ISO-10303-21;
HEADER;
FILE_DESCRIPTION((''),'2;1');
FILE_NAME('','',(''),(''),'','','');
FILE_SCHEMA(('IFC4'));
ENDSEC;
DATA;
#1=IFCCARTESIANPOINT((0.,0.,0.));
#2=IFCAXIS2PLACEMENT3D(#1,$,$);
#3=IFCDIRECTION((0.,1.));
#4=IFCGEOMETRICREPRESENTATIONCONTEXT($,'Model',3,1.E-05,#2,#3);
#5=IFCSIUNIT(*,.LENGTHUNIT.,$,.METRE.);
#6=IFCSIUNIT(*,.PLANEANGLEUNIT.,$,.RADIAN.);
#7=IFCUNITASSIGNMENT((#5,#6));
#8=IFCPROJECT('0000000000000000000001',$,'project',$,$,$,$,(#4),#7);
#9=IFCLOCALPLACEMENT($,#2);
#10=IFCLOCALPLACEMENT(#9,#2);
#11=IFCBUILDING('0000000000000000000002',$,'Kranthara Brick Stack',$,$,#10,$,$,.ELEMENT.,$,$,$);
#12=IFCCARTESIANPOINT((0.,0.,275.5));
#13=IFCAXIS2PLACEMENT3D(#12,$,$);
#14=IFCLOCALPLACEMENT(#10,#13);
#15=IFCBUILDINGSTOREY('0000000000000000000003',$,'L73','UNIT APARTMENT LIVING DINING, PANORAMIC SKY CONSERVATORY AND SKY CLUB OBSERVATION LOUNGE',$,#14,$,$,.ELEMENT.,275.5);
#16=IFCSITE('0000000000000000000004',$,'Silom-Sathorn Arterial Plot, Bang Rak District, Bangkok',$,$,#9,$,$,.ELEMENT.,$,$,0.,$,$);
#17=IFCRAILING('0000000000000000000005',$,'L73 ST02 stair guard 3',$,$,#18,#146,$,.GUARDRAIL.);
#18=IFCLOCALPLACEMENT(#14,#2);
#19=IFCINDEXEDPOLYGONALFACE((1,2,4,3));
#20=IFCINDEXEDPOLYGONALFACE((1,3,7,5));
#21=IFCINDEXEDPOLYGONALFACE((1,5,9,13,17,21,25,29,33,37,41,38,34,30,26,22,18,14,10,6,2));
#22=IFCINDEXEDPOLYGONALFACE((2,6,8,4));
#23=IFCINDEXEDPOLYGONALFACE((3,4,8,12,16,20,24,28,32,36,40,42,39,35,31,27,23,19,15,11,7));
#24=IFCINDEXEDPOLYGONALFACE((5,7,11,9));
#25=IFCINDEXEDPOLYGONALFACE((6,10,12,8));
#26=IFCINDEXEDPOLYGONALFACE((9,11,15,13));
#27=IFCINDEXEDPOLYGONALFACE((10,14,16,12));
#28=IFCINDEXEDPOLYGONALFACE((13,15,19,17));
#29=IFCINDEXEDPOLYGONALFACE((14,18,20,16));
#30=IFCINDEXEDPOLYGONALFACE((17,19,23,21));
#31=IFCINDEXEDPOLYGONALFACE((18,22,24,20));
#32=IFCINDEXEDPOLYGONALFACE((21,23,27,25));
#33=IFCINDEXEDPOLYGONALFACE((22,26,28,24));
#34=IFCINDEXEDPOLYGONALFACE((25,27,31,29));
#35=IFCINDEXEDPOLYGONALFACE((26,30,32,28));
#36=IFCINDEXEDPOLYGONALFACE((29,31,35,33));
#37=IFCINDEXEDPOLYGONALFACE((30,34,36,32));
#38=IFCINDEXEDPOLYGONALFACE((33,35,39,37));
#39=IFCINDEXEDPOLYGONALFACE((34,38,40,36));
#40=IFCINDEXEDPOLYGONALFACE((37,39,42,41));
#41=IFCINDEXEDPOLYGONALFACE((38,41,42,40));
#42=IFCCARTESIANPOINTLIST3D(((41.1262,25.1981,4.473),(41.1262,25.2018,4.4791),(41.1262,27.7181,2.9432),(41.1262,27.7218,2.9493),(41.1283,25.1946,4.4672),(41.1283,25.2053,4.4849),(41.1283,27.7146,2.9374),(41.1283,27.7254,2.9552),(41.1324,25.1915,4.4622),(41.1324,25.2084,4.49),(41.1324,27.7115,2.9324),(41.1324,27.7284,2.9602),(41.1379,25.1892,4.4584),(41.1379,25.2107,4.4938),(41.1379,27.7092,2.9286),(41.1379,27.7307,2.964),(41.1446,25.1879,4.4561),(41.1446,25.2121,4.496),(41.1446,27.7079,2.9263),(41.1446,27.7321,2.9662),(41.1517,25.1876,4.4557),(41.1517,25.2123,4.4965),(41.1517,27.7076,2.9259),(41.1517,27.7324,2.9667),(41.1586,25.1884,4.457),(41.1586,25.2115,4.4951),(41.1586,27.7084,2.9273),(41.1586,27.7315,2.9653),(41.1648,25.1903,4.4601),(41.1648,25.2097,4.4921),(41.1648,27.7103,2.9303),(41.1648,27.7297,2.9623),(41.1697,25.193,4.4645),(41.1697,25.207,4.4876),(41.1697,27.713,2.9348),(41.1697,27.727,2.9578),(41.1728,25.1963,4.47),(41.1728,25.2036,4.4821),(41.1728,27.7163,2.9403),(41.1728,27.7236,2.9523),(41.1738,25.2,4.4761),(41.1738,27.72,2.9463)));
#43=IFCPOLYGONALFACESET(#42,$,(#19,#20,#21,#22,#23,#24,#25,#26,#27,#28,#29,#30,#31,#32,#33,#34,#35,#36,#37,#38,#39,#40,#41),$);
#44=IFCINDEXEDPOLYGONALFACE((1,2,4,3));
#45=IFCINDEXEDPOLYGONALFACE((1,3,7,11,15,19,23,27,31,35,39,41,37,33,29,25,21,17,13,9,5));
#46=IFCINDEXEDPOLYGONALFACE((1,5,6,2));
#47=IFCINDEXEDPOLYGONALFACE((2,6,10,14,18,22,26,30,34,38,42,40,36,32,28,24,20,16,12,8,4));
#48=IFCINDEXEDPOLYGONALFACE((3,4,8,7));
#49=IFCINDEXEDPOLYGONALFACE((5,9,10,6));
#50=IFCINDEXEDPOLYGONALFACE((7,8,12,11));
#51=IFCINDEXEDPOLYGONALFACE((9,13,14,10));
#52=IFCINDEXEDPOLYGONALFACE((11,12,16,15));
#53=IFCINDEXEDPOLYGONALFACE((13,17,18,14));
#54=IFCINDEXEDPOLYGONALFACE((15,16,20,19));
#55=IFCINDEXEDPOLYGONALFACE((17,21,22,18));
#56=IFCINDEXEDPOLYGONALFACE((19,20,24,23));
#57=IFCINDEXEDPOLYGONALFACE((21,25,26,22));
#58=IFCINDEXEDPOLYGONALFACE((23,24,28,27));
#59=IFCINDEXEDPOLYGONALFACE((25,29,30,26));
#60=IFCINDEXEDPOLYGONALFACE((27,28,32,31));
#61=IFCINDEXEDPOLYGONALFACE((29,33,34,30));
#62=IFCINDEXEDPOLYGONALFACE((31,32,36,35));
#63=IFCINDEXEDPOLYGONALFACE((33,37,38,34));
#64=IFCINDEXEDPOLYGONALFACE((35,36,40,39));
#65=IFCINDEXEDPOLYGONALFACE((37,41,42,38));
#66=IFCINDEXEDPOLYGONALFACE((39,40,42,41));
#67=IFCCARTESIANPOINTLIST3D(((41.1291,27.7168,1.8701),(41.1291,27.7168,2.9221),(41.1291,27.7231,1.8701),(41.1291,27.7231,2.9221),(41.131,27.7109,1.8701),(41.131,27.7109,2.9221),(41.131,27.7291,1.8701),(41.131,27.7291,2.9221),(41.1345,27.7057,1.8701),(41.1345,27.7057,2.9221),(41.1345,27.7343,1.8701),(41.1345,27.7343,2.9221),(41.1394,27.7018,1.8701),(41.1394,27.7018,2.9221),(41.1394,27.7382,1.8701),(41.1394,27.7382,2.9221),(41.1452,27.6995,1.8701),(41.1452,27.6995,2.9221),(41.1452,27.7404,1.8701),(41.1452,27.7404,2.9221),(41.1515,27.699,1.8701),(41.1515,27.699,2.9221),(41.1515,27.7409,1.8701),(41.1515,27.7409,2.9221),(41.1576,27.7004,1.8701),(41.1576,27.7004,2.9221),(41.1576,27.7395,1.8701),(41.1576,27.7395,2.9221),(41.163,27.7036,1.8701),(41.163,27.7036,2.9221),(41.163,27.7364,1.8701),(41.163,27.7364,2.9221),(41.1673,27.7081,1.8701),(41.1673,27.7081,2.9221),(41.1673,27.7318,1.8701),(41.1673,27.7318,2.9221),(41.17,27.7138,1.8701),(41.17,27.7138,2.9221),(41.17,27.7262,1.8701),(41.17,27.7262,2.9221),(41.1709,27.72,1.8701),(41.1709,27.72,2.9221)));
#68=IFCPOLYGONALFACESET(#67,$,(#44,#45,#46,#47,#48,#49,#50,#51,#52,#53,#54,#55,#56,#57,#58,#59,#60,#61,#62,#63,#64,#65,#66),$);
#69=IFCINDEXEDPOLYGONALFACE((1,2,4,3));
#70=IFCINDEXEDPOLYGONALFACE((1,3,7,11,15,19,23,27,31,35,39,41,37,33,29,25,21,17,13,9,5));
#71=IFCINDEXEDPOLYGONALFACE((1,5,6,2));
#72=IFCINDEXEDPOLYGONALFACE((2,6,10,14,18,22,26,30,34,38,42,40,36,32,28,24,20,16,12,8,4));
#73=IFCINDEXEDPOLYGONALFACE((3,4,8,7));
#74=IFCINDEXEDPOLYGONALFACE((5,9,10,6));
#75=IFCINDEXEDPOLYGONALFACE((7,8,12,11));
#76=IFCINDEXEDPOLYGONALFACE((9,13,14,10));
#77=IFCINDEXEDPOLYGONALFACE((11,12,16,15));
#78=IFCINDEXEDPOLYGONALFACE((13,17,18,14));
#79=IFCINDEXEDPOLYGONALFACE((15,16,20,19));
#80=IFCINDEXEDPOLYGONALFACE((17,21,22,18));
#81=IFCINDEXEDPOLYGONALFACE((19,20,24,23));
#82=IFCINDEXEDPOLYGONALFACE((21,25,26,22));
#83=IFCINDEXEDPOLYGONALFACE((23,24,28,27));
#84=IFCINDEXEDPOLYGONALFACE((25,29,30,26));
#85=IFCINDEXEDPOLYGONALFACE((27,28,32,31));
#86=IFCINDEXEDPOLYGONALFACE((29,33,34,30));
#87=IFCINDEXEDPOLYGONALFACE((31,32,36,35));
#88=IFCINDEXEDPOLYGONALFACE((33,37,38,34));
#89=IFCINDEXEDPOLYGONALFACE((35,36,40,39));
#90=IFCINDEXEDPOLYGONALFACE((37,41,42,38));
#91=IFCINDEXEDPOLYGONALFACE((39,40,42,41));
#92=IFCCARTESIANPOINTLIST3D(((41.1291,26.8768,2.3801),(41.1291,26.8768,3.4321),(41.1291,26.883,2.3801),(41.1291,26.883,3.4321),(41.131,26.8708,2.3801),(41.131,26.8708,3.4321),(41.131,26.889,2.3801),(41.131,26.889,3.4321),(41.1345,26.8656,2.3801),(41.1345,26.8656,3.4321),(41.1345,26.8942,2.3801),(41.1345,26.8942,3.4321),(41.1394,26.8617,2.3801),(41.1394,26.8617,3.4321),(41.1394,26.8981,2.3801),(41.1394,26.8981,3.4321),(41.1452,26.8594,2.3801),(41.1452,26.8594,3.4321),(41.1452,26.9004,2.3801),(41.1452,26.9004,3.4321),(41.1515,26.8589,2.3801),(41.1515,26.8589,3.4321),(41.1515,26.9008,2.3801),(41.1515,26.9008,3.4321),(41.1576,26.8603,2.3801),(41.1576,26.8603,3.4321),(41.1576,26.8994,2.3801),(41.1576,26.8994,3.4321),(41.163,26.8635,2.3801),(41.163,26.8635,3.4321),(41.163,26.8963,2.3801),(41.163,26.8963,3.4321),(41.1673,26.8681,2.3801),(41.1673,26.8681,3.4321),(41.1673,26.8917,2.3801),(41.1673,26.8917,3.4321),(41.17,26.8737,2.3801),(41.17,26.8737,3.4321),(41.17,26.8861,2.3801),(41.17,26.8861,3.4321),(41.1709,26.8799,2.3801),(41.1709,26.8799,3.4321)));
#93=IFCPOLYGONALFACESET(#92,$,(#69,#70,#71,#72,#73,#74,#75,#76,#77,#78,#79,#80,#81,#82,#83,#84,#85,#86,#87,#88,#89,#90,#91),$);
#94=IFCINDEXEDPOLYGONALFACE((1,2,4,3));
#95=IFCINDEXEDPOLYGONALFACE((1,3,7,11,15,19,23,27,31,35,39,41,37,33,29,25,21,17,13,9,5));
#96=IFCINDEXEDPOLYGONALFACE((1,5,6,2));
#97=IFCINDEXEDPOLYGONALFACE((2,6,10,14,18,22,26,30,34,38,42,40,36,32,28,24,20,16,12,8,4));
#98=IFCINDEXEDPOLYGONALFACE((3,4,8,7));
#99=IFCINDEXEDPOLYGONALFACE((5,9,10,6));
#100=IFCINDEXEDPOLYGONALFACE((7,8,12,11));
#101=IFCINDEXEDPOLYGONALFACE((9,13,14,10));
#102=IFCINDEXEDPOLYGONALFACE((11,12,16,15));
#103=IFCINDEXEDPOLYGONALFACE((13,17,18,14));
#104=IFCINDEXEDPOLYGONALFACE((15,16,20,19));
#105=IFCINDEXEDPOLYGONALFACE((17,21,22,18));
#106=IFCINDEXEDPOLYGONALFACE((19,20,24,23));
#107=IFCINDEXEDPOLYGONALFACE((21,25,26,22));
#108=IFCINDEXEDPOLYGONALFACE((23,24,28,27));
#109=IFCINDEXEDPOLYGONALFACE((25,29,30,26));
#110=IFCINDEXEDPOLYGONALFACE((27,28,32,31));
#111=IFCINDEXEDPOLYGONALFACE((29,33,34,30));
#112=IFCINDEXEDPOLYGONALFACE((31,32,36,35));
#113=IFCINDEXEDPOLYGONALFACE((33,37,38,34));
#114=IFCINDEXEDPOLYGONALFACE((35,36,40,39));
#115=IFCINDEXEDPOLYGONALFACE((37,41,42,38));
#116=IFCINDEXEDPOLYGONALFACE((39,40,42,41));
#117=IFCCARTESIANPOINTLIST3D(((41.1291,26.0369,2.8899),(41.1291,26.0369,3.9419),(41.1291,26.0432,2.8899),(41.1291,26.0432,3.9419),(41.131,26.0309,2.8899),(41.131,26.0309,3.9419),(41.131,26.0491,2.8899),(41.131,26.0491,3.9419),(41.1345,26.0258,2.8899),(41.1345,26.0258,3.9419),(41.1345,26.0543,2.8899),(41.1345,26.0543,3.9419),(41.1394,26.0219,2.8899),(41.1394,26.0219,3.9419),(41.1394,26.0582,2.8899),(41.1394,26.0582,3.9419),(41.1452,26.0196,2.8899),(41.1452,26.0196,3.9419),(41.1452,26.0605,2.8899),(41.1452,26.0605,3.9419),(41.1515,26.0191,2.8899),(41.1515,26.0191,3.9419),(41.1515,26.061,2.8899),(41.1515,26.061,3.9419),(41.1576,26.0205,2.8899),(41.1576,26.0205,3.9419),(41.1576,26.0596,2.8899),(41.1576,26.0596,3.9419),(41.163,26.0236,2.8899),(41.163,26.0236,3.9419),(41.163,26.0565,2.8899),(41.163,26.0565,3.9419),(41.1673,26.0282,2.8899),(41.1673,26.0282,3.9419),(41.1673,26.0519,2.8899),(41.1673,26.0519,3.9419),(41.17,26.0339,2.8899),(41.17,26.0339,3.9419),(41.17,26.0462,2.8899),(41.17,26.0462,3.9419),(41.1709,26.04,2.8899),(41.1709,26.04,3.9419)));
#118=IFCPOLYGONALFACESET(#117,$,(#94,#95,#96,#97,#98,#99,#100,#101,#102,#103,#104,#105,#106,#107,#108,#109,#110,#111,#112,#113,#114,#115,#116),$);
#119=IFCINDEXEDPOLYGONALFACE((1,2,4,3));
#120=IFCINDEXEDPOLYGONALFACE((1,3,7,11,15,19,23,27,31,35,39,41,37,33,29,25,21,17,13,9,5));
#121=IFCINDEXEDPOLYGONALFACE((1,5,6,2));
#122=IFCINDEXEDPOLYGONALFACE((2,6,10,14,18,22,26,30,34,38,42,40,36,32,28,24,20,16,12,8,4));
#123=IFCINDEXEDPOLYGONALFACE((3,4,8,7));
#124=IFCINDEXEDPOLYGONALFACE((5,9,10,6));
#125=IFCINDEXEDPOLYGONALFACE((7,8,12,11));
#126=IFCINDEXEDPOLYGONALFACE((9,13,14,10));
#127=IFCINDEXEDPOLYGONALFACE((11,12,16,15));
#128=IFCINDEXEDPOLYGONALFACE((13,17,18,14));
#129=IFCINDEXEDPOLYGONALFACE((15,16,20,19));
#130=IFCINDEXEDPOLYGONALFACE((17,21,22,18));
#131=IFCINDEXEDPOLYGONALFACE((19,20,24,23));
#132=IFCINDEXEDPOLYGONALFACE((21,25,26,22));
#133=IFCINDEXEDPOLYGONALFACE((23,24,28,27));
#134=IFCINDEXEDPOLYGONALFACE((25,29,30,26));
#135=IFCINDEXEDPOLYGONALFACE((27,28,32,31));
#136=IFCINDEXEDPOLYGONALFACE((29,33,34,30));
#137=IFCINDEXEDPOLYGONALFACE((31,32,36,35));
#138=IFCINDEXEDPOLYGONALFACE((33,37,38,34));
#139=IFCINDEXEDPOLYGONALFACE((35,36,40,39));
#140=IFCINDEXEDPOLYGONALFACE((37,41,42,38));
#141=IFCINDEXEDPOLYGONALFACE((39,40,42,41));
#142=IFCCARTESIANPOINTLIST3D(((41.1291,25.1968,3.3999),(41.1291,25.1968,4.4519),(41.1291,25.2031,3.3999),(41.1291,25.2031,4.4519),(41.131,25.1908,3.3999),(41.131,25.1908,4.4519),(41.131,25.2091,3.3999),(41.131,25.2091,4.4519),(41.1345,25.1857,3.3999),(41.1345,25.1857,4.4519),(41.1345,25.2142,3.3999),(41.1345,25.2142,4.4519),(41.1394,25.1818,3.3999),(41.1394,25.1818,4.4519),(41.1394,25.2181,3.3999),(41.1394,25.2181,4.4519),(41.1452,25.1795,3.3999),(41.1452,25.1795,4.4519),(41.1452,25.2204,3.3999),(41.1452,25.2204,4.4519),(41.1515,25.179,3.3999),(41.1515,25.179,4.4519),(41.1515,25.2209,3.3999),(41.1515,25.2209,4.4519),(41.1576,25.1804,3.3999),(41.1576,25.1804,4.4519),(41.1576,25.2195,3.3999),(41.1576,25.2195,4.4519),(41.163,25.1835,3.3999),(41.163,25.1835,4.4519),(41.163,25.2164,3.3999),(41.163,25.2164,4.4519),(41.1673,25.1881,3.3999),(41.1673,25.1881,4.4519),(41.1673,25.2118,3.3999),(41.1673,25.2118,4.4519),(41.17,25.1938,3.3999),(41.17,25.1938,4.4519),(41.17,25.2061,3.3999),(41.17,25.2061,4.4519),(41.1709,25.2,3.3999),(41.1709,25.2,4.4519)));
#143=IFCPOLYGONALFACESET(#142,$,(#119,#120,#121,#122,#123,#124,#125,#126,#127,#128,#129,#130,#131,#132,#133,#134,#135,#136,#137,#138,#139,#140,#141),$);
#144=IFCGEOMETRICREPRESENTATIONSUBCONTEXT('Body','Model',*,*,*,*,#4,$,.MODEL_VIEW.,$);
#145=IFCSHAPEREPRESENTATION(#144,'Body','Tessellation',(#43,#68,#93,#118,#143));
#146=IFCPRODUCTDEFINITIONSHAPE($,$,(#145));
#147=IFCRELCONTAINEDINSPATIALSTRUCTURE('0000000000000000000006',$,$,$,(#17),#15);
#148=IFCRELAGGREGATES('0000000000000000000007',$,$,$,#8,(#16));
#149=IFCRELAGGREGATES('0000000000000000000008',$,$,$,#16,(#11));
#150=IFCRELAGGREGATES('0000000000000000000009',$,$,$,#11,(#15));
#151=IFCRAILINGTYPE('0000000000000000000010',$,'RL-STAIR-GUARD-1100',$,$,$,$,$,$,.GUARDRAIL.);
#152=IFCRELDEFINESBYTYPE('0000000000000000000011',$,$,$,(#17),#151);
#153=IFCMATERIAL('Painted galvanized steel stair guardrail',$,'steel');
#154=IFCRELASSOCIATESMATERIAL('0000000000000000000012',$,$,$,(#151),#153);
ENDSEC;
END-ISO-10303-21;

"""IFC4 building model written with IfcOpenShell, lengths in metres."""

from ifc_helpers import new_model, si_unit, direction, frame, origin, origin_2d, place, context, subcontext, project, spatial, circle, extrude, material, type_object, element, save


model = new_model("IFC4")

# Units and contexts
model_context = context("Model", 3, precision=1e-05, world=origin(), true_north=direction((0.0, 1.0)))
body_context = subcontext(model_context, "Body", "Model", "MODEL_VIEW")
ifc_project = project(units=[si_unit("LENGTHUNIT", "METRE"), si_unit("PLANEANGLEUNIT", "RADIAN")], contexts=[model_context])

# Site, building, storey
site_placement = place(None, origin())
site = spatial("IfcSite", under=ifc_project, at=site_placement, Name="Silom-Sathorn Arterial Plot, Bang Rak District, Bangkok", CompositionType="ELEMENT", RefElevation=0.0)
building_placement = place(site_placement, origin())
building = spatial("IfcBuilding", under=site, at=building_placement, Name="Kranthara Brick Stack", CompositionType="ELEMENT")
storey_placement = place(building_placement, frame((0.0, 0.0, 275.5)))
storey = spatial("IfcBuildingStorey", under=building, at=storey_placement, Name="L73", Description="UNIT APARTMENT LIVING DINING, PANORAMIC SKY CONSERVATORY AND SKY CLUB OBSERVATION LOUNGE", CompositionType="ELEMENT", Elevation=275.5)

# Railing
ifc_material_1 = material(Name="Painted galvanized steel stair guardrail", Category="steel")
railing_type_1 = type_object("IfcRailingType", Name="RL-STAIR-GUARD-1100", PredefinedType="GUARDRAIL", material=ifc_material_1)
railing_1_placement = place(storey_placement, frame((41.1499, 27.72, 1.8701)))
element("IfcRailing", 1, at=railing_1_placement, inside=storey, type_object=railing_type_1, Name="L73 ST02 stair guard 3", PredefinedType="GUARDRAIL", context=body_context, shape_type="SweptSolid", body=[
    extrude(circle(Radius=0.0239, at=origin_2d()), frame((0.0, 0.0, 1.0762), z_axis=(0.0, -0.854822, 0.518922), x_axis=(1.0, 0.0, 0.0)), (0.0, 0.0, 1.0), 2.948),
    extrude(circle(Radius=0.021, at=origin_2d()), origin(), (0.0, 0.0, 1.0), 1.052),
    extrude(circle(Radius=0.021, at=origin_2d()), frame((0.0, -0.8401, 0.51)), (0.0, 0.0, 1.0), 1.052),
    extrude(circle(Radius=0.021, at=origin_2d()), frame((0.0, -1.6799, 1.0198)), (0.0, 0.0, 1.0), 1.052),
    extrude(circle(Radius=0.021, at=origin_2d()), frame((0.0, -2.52, 1.5298)), (0.0, 0.0, 1.0), 1.052),
])

save(model, "model.ifc")
